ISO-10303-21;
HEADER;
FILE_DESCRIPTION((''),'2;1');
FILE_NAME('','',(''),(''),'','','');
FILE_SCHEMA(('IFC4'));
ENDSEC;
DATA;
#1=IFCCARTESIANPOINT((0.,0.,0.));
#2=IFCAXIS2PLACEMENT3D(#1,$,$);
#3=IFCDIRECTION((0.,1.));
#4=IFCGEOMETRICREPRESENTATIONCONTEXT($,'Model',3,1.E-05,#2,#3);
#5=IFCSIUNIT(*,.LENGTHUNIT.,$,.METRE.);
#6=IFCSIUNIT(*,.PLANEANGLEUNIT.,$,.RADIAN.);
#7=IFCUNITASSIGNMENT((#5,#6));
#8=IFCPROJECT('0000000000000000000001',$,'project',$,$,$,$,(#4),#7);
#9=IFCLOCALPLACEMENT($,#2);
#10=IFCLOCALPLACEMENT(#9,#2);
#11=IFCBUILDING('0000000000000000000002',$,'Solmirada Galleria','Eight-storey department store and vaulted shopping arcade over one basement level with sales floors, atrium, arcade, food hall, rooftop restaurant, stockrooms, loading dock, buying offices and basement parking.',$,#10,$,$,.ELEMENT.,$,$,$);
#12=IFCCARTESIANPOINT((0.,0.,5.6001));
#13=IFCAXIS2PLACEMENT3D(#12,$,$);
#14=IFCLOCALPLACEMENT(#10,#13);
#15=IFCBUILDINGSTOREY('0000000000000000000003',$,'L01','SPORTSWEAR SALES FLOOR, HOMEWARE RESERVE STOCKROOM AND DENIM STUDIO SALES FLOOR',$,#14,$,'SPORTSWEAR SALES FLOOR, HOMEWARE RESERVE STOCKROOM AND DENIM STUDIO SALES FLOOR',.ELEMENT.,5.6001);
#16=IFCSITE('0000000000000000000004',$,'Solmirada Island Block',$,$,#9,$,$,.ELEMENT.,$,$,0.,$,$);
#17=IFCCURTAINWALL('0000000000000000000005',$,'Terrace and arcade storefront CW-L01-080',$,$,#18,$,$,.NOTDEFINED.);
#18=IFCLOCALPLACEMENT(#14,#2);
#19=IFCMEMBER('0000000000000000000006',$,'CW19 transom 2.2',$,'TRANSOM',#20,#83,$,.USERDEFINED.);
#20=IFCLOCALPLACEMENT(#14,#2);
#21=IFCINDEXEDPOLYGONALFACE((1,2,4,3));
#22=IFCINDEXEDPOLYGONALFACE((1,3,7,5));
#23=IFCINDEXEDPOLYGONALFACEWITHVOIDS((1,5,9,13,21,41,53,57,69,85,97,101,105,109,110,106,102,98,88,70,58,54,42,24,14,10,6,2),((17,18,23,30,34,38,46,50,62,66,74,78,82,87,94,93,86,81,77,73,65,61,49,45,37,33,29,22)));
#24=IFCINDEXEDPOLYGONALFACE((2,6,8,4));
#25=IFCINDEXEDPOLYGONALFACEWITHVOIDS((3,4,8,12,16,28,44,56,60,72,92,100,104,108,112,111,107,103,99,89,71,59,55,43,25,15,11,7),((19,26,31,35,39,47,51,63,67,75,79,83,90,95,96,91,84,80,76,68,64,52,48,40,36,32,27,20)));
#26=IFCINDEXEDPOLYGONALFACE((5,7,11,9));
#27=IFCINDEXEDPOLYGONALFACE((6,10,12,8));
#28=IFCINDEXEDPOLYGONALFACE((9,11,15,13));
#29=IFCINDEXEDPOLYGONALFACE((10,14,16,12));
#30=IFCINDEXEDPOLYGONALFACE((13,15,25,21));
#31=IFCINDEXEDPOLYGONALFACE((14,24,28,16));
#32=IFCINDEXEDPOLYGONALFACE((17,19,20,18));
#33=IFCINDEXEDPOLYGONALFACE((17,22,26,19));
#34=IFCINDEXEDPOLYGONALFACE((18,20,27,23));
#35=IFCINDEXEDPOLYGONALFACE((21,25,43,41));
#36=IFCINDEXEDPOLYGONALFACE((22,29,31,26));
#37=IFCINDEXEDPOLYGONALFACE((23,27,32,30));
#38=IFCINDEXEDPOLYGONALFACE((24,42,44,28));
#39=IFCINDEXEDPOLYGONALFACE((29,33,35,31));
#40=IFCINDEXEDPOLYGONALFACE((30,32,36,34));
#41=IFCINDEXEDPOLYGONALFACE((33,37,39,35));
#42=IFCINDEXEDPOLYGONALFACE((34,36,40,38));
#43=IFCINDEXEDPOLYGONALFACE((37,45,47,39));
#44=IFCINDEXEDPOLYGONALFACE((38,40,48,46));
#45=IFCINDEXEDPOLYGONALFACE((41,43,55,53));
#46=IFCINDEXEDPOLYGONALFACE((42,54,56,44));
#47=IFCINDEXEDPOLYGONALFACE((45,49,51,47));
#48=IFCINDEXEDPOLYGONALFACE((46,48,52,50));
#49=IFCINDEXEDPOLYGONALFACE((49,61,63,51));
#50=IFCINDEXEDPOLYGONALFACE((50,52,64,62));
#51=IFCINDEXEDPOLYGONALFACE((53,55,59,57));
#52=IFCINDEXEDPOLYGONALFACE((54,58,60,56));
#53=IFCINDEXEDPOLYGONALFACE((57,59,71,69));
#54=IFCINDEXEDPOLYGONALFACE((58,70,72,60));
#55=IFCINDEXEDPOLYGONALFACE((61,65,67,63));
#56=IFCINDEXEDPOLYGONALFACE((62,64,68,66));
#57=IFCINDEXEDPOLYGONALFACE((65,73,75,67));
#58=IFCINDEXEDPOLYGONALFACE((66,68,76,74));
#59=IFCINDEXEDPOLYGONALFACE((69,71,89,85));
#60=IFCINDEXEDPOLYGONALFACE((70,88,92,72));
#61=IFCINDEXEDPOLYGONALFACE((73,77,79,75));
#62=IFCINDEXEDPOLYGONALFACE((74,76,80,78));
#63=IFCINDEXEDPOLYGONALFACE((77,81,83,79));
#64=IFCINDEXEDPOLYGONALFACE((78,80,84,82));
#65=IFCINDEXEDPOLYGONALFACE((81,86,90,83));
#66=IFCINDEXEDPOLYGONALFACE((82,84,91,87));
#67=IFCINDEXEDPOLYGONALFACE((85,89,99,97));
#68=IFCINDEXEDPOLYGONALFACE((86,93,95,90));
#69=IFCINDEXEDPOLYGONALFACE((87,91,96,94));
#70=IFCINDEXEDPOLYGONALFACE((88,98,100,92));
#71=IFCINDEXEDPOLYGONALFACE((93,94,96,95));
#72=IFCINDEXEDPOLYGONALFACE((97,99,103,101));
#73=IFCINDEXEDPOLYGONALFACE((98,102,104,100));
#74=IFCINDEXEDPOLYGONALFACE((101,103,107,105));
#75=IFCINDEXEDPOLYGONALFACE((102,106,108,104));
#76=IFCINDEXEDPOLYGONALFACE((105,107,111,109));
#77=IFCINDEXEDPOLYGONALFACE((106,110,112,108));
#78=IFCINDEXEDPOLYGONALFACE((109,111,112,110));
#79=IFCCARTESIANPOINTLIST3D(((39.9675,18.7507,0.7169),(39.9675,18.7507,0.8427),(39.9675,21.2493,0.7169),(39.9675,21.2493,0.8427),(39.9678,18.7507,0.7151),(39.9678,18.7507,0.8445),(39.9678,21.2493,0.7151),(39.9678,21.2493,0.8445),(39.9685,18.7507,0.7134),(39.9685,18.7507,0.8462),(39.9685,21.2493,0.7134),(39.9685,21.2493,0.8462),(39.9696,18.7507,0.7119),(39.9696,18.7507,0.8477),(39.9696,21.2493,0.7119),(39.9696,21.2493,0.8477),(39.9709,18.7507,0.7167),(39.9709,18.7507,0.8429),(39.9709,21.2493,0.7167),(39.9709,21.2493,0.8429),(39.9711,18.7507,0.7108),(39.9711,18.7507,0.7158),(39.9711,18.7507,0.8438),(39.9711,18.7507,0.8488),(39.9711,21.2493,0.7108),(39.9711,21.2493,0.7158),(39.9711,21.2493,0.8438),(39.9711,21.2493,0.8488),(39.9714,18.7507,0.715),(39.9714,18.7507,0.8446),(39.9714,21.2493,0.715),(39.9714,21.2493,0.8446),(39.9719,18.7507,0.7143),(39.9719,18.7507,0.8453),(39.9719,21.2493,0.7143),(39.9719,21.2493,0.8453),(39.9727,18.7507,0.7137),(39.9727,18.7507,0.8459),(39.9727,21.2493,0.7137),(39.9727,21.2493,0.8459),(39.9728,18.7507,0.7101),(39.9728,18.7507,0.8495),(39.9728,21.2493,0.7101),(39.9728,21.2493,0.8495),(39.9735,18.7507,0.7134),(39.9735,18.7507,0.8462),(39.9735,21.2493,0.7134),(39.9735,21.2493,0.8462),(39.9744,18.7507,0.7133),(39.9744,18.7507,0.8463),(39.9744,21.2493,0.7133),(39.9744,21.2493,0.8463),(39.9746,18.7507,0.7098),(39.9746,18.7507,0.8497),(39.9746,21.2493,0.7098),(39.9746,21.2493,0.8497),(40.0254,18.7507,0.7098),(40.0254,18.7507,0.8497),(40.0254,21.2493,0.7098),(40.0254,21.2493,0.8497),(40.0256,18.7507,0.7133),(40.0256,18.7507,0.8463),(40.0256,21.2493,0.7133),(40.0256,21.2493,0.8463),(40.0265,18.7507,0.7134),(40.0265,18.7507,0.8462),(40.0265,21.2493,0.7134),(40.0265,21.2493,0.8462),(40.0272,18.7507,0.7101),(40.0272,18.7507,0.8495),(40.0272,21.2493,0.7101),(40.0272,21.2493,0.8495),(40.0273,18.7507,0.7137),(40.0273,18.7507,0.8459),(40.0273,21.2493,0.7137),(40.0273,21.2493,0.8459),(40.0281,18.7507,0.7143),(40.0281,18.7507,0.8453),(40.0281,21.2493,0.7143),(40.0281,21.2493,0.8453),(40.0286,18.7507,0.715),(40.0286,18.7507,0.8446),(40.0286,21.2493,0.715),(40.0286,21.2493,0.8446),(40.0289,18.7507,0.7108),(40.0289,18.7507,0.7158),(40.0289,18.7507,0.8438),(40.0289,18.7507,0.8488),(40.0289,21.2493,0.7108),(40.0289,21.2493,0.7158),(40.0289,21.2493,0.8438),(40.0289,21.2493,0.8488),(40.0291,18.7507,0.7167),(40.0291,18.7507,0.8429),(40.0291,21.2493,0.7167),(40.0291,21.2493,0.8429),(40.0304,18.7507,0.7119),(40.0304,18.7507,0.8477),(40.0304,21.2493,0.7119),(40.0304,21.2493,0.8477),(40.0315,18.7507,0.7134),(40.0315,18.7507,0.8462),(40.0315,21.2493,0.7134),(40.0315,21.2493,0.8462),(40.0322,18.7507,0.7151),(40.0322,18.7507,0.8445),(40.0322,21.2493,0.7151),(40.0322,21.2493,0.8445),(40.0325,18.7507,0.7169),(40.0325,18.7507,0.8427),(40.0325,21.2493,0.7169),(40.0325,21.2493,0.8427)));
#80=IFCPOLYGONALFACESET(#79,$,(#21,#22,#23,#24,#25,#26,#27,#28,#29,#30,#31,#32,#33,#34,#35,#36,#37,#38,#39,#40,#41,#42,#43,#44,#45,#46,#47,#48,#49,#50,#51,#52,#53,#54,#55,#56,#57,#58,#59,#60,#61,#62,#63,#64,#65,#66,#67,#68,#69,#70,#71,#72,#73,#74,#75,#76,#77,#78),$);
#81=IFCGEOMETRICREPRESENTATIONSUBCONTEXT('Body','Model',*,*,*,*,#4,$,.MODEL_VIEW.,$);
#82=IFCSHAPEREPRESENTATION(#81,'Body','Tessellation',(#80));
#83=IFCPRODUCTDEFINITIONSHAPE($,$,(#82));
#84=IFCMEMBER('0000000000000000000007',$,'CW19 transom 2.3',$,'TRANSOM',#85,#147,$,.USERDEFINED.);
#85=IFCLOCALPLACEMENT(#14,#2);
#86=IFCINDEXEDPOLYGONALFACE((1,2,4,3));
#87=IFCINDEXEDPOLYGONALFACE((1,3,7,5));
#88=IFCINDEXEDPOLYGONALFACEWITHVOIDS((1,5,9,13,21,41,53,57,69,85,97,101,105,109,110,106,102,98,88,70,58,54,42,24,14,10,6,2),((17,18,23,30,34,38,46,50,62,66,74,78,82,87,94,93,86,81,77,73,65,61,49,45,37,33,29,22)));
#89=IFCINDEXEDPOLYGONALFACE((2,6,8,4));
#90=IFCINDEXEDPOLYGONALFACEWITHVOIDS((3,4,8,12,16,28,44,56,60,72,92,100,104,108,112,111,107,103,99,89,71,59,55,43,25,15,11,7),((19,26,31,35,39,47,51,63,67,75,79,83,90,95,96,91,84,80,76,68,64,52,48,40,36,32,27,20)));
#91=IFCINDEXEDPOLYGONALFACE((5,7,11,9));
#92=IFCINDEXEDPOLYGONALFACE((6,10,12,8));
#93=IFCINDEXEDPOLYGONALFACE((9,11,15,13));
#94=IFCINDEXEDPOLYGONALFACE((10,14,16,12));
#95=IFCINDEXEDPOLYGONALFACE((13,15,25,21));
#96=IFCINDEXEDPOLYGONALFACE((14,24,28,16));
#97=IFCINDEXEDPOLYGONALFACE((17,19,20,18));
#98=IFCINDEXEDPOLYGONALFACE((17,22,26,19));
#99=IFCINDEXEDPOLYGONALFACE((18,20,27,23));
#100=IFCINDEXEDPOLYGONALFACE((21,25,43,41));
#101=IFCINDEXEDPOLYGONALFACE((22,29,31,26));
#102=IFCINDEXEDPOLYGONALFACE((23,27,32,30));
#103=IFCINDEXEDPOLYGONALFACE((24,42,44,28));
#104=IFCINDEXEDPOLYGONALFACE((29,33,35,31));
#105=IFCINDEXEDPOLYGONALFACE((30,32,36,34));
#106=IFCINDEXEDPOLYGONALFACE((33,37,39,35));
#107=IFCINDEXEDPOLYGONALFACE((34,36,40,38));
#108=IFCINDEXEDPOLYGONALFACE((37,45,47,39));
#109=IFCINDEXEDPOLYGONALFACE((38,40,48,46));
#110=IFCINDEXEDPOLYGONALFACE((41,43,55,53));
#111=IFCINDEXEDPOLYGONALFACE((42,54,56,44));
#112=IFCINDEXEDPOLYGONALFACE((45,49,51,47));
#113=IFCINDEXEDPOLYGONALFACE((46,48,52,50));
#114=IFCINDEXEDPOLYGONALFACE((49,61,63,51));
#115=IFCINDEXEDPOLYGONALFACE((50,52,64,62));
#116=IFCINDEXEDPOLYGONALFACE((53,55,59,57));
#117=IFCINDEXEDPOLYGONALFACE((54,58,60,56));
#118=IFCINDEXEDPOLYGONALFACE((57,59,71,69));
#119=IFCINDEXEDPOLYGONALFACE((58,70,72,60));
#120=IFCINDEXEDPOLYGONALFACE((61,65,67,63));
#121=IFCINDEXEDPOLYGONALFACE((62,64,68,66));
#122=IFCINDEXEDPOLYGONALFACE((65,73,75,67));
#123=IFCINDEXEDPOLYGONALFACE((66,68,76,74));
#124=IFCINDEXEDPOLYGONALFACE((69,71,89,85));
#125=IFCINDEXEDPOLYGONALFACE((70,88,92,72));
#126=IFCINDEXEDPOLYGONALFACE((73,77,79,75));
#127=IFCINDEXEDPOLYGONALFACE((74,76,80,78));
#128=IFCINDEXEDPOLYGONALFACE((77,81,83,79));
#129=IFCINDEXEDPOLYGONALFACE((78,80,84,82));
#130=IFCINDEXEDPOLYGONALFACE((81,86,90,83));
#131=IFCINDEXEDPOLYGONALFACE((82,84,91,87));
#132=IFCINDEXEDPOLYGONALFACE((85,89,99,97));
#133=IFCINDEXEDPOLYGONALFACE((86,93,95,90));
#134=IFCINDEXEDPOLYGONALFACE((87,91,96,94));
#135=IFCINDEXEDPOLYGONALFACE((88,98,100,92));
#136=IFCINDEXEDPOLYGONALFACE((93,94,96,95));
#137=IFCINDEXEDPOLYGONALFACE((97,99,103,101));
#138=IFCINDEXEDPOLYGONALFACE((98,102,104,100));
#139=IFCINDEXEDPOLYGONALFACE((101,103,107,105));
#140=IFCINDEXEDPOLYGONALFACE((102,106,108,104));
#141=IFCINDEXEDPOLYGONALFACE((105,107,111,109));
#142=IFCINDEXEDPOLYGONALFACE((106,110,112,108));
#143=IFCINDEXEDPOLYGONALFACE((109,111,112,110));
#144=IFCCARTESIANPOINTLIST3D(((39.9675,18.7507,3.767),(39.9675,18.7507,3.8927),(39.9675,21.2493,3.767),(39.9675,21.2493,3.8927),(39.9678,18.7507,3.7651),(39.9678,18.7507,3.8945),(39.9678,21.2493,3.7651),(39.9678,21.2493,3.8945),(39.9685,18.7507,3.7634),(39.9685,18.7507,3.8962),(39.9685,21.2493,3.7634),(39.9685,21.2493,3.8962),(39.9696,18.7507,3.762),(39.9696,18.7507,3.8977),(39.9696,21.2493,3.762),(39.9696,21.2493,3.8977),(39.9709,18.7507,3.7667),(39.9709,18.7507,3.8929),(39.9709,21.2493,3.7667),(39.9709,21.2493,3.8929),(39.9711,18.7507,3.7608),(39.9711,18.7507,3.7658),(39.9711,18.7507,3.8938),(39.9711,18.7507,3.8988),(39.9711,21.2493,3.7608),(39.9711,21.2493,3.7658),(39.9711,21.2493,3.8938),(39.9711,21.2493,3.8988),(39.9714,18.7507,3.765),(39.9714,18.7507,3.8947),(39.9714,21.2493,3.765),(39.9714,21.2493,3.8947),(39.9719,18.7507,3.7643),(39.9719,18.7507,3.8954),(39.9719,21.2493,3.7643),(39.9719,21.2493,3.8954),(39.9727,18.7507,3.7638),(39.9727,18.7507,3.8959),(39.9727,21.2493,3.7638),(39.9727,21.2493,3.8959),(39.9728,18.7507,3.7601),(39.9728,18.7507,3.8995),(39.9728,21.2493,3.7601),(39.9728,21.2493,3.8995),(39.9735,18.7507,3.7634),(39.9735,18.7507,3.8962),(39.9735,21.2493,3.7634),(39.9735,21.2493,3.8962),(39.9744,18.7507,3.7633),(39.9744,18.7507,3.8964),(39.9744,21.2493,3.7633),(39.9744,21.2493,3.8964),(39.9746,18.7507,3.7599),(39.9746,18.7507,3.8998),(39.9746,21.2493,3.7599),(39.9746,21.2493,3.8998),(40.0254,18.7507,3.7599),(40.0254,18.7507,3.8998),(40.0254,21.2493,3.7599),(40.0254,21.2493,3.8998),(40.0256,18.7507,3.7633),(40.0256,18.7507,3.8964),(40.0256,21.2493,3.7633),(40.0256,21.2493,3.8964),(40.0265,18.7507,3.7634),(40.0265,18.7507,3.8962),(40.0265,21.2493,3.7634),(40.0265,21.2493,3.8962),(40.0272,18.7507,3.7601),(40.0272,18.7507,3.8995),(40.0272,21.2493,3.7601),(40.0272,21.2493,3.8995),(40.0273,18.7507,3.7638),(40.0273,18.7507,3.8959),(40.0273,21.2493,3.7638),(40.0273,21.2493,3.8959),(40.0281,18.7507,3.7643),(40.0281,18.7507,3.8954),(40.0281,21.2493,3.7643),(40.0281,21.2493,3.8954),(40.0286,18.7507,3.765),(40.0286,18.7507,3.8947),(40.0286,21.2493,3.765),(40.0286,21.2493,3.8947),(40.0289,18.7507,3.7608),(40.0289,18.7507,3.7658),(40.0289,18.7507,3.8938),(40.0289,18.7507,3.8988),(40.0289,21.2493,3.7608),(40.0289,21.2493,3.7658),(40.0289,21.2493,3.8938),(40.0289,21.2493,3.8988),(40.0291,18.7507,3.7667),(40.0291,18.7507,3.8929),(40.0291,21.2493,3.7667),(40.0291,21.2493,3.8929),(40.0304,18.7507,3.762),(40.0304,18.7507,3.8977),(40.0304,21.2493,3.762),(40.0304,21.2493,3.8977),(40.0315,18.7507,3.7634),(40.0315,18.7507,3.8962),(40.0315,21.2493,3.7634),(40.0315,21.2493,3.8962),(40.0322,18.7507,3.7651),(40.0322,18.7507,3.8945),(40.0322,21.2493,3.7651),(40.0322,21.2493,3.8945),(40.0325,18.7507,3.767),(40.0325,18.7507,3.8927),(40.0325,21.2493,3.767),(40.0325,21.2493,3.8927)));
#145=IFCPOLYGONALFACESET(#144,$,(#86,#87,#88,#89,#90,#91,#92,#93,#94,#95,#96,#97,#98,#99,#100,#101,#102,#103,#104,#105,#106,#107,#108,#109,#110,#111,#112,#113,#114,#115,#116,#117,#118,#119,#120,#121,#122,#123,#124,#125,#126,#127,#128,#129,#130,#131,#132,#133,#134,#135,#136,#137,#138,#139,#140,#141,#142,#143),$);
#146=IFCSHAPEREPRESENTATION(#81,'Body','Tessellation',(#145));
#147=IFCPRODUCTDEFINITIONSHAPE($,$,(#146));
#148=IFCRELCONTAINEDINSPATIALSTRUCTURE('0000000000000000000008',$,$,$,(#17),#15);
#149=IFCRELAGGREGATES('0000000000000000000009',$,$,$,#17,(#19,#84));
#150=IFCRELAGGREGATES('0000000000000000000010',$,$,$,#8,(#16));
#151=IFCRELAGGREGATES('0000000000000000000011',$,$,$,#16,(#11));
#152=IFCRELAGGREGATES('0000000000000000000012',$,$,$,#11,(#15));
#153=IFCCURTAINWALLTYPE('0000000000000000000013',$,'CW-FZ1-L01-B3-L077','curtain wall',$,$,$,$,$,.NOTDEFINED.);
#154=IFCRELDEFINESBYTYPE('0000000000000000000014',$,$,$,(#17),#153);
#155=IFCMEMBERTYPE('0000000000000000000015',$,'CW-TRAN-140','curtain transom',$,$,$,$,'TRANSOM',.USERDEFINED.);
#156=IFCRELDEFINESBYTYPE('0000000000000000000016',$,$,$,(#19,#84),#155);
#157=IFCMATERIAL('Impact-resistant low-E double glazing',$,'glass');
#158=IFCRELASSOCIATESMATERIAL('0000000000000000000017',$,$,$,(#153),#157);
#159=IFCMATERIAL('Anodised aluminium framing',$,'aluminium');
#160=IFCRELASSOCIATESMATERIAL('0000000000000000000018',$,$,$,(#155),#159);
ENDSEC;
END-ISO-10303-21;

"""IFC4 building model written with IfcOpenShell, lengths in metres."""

from ifc_helpers import new_model, si_unit, direction, frame, origin, origin_2d, place, context, subcontext, project, spatial, hollow_rectangle, extrude, material, material_profile, profile_set, type_object, element, aggregate, save


model = new_model("IFC4")

# Units and contexts
model_context = context("Model", 3, precision=1e-05, world=origin(), true_north=direction((0.0, 1.0)))
body_context = subcontext(model_context, "Body", "Model", "MODEL_VIEW")
ifc_project = project(units=[si_unit("LENGTHUNIT", "METRE"), si_unit("PLANEANGLEUNIT", "RADIAN")], contexts=[model_context])

# Site, building, storey
site_placement = place(None, origin())
site = spatial("IfcSite", under=ifc_project, at=site_placement, Name="Solmirada Island Block", CompositionType="ELEMENT", RefElevation=0.0)
building_placement = place(site_placement, origin())
building = spatial("IfcBuilding", under=site, at=building_placement, Name="Solmirada Galleria", Description="Eight-storey department store and vaulted shopping arcade over one basement level with sales floors, atrium, arcade, food hall, rooftop restaurant, stockrooms, loading dock, buying offices and basement parking.", CompositionType="ELEMENT")
storey_placement = place(building_placement, frame((0.0, 0.0, 5.6001)))
storey = spatial("IfcBuildingStorey", under=building, at=storey_placement, Name="L01", Description="SPORTSWEAR SALES FLOOR, HOMEWARE RESERVE STOCKROOM AND DENIM STUDIO SALES FLOOR", LongName="SPORTSWEAR SALES FLOOR, HOMEWARE RESERVE STOCKROOM AND DENIM STUDIO SALES FLOOR", CompositionType="ELEMENT", Elevation=5.6001)

# Curtain wall, members
ifc_material_1 = material(Name="Impact-resistant low-E double glazing", Category="glass")
curtain_wall_type = type_object("IfcCurtainWallType", Name="CW-FZ1-L01-B3-L077", Description="curtain wall", PredefinedType="NOTDEFINED", material=ifc_material_1)
curtain_wall_placement = place(storey_placement, origin())
curtain_wall = element("IfcCurtainWall", 1, at=curtain_wall_placement, inside=storey, type_object=curtain_wall_type, Name="Terrace and arcade storefront CW-L01-080", PredefinedType="NOTDEFINED")
ifc_material_2 = material(Name="Anodised aluminium framing", Category="aluminium")
ifc_material_profile_1 = material_profile(ifc_material_2, hollow_rectangle(XDim=0.0649, YDim=0.1399, WallThickness=0.0034, InnerFilletRadius=0.0034, OuterFilletRadius=0.0071, at=origin_2d()), Name="ALU-TRAN-140X65")
ifc_profile_set_1 = profile_set([ifc_material_profile_1], Name="Anodised aluminium framing")
member_type_1 = type_object("IfcMemberType", Name="CW-TRAN-140", Description="curtain transom", ElementType="TRANSOM", PredefinedType="USERDEFINED", material=ifc_profile_set_1)
member_1_placement = place(storey_placement, frame((40.0, 18.7507, 0.7798), z_axis=(0.0, 1.0, 0.0), x_axis=(-1.0, 0.0, 0.0)))
member_1 = element("IfcMember", 2, at=member_1_placement, type_object=member_type_1, Name="CW19 transom 2.2", ObjectType="TRANSOM", PredefinedType="USERDEFINED", context=body_context, shape_type="SweptSolid", body=[
    extrude(hollow_rectangle(XDim=0.0649, YDim=0.1399, WallThickness=0.0034, InnerFilletRadius=0.0034, OuterFilletRadius=0.0071, at=origin_2d()), origin(), (0.0, 0.0, 1.0), 2.4985),
])
member_2_placement = place(storey_placement, frame((40.0, 18.7507, 3.8298), z_axis=(0.0, 1.0, 0.0), x_axis=(-1.0, 0.0, 0.0)))
member_2 = element("IfcMember", 3, at=member_2_placement, type_object=member_type_1, Name="CW19 transom 2.3", ObjectType="TRANSOM", PredefinedType="USERDEFINED", context=body_context, shape_type="SweptSolid", body=[
    extrude(hollow_rectangle(XDim=0.0649, YDim=0.1399, WallThickness=0.0034, InnerFilletRadius=0.0034, OuterFilletRadius=0.0071, at=origin_2d()), origin(), (0.0, 0.0, 1.0), 2.4985),
])

aggregate(curtain_wall, [member_1, member_2])

save(model, "model.ifc")
